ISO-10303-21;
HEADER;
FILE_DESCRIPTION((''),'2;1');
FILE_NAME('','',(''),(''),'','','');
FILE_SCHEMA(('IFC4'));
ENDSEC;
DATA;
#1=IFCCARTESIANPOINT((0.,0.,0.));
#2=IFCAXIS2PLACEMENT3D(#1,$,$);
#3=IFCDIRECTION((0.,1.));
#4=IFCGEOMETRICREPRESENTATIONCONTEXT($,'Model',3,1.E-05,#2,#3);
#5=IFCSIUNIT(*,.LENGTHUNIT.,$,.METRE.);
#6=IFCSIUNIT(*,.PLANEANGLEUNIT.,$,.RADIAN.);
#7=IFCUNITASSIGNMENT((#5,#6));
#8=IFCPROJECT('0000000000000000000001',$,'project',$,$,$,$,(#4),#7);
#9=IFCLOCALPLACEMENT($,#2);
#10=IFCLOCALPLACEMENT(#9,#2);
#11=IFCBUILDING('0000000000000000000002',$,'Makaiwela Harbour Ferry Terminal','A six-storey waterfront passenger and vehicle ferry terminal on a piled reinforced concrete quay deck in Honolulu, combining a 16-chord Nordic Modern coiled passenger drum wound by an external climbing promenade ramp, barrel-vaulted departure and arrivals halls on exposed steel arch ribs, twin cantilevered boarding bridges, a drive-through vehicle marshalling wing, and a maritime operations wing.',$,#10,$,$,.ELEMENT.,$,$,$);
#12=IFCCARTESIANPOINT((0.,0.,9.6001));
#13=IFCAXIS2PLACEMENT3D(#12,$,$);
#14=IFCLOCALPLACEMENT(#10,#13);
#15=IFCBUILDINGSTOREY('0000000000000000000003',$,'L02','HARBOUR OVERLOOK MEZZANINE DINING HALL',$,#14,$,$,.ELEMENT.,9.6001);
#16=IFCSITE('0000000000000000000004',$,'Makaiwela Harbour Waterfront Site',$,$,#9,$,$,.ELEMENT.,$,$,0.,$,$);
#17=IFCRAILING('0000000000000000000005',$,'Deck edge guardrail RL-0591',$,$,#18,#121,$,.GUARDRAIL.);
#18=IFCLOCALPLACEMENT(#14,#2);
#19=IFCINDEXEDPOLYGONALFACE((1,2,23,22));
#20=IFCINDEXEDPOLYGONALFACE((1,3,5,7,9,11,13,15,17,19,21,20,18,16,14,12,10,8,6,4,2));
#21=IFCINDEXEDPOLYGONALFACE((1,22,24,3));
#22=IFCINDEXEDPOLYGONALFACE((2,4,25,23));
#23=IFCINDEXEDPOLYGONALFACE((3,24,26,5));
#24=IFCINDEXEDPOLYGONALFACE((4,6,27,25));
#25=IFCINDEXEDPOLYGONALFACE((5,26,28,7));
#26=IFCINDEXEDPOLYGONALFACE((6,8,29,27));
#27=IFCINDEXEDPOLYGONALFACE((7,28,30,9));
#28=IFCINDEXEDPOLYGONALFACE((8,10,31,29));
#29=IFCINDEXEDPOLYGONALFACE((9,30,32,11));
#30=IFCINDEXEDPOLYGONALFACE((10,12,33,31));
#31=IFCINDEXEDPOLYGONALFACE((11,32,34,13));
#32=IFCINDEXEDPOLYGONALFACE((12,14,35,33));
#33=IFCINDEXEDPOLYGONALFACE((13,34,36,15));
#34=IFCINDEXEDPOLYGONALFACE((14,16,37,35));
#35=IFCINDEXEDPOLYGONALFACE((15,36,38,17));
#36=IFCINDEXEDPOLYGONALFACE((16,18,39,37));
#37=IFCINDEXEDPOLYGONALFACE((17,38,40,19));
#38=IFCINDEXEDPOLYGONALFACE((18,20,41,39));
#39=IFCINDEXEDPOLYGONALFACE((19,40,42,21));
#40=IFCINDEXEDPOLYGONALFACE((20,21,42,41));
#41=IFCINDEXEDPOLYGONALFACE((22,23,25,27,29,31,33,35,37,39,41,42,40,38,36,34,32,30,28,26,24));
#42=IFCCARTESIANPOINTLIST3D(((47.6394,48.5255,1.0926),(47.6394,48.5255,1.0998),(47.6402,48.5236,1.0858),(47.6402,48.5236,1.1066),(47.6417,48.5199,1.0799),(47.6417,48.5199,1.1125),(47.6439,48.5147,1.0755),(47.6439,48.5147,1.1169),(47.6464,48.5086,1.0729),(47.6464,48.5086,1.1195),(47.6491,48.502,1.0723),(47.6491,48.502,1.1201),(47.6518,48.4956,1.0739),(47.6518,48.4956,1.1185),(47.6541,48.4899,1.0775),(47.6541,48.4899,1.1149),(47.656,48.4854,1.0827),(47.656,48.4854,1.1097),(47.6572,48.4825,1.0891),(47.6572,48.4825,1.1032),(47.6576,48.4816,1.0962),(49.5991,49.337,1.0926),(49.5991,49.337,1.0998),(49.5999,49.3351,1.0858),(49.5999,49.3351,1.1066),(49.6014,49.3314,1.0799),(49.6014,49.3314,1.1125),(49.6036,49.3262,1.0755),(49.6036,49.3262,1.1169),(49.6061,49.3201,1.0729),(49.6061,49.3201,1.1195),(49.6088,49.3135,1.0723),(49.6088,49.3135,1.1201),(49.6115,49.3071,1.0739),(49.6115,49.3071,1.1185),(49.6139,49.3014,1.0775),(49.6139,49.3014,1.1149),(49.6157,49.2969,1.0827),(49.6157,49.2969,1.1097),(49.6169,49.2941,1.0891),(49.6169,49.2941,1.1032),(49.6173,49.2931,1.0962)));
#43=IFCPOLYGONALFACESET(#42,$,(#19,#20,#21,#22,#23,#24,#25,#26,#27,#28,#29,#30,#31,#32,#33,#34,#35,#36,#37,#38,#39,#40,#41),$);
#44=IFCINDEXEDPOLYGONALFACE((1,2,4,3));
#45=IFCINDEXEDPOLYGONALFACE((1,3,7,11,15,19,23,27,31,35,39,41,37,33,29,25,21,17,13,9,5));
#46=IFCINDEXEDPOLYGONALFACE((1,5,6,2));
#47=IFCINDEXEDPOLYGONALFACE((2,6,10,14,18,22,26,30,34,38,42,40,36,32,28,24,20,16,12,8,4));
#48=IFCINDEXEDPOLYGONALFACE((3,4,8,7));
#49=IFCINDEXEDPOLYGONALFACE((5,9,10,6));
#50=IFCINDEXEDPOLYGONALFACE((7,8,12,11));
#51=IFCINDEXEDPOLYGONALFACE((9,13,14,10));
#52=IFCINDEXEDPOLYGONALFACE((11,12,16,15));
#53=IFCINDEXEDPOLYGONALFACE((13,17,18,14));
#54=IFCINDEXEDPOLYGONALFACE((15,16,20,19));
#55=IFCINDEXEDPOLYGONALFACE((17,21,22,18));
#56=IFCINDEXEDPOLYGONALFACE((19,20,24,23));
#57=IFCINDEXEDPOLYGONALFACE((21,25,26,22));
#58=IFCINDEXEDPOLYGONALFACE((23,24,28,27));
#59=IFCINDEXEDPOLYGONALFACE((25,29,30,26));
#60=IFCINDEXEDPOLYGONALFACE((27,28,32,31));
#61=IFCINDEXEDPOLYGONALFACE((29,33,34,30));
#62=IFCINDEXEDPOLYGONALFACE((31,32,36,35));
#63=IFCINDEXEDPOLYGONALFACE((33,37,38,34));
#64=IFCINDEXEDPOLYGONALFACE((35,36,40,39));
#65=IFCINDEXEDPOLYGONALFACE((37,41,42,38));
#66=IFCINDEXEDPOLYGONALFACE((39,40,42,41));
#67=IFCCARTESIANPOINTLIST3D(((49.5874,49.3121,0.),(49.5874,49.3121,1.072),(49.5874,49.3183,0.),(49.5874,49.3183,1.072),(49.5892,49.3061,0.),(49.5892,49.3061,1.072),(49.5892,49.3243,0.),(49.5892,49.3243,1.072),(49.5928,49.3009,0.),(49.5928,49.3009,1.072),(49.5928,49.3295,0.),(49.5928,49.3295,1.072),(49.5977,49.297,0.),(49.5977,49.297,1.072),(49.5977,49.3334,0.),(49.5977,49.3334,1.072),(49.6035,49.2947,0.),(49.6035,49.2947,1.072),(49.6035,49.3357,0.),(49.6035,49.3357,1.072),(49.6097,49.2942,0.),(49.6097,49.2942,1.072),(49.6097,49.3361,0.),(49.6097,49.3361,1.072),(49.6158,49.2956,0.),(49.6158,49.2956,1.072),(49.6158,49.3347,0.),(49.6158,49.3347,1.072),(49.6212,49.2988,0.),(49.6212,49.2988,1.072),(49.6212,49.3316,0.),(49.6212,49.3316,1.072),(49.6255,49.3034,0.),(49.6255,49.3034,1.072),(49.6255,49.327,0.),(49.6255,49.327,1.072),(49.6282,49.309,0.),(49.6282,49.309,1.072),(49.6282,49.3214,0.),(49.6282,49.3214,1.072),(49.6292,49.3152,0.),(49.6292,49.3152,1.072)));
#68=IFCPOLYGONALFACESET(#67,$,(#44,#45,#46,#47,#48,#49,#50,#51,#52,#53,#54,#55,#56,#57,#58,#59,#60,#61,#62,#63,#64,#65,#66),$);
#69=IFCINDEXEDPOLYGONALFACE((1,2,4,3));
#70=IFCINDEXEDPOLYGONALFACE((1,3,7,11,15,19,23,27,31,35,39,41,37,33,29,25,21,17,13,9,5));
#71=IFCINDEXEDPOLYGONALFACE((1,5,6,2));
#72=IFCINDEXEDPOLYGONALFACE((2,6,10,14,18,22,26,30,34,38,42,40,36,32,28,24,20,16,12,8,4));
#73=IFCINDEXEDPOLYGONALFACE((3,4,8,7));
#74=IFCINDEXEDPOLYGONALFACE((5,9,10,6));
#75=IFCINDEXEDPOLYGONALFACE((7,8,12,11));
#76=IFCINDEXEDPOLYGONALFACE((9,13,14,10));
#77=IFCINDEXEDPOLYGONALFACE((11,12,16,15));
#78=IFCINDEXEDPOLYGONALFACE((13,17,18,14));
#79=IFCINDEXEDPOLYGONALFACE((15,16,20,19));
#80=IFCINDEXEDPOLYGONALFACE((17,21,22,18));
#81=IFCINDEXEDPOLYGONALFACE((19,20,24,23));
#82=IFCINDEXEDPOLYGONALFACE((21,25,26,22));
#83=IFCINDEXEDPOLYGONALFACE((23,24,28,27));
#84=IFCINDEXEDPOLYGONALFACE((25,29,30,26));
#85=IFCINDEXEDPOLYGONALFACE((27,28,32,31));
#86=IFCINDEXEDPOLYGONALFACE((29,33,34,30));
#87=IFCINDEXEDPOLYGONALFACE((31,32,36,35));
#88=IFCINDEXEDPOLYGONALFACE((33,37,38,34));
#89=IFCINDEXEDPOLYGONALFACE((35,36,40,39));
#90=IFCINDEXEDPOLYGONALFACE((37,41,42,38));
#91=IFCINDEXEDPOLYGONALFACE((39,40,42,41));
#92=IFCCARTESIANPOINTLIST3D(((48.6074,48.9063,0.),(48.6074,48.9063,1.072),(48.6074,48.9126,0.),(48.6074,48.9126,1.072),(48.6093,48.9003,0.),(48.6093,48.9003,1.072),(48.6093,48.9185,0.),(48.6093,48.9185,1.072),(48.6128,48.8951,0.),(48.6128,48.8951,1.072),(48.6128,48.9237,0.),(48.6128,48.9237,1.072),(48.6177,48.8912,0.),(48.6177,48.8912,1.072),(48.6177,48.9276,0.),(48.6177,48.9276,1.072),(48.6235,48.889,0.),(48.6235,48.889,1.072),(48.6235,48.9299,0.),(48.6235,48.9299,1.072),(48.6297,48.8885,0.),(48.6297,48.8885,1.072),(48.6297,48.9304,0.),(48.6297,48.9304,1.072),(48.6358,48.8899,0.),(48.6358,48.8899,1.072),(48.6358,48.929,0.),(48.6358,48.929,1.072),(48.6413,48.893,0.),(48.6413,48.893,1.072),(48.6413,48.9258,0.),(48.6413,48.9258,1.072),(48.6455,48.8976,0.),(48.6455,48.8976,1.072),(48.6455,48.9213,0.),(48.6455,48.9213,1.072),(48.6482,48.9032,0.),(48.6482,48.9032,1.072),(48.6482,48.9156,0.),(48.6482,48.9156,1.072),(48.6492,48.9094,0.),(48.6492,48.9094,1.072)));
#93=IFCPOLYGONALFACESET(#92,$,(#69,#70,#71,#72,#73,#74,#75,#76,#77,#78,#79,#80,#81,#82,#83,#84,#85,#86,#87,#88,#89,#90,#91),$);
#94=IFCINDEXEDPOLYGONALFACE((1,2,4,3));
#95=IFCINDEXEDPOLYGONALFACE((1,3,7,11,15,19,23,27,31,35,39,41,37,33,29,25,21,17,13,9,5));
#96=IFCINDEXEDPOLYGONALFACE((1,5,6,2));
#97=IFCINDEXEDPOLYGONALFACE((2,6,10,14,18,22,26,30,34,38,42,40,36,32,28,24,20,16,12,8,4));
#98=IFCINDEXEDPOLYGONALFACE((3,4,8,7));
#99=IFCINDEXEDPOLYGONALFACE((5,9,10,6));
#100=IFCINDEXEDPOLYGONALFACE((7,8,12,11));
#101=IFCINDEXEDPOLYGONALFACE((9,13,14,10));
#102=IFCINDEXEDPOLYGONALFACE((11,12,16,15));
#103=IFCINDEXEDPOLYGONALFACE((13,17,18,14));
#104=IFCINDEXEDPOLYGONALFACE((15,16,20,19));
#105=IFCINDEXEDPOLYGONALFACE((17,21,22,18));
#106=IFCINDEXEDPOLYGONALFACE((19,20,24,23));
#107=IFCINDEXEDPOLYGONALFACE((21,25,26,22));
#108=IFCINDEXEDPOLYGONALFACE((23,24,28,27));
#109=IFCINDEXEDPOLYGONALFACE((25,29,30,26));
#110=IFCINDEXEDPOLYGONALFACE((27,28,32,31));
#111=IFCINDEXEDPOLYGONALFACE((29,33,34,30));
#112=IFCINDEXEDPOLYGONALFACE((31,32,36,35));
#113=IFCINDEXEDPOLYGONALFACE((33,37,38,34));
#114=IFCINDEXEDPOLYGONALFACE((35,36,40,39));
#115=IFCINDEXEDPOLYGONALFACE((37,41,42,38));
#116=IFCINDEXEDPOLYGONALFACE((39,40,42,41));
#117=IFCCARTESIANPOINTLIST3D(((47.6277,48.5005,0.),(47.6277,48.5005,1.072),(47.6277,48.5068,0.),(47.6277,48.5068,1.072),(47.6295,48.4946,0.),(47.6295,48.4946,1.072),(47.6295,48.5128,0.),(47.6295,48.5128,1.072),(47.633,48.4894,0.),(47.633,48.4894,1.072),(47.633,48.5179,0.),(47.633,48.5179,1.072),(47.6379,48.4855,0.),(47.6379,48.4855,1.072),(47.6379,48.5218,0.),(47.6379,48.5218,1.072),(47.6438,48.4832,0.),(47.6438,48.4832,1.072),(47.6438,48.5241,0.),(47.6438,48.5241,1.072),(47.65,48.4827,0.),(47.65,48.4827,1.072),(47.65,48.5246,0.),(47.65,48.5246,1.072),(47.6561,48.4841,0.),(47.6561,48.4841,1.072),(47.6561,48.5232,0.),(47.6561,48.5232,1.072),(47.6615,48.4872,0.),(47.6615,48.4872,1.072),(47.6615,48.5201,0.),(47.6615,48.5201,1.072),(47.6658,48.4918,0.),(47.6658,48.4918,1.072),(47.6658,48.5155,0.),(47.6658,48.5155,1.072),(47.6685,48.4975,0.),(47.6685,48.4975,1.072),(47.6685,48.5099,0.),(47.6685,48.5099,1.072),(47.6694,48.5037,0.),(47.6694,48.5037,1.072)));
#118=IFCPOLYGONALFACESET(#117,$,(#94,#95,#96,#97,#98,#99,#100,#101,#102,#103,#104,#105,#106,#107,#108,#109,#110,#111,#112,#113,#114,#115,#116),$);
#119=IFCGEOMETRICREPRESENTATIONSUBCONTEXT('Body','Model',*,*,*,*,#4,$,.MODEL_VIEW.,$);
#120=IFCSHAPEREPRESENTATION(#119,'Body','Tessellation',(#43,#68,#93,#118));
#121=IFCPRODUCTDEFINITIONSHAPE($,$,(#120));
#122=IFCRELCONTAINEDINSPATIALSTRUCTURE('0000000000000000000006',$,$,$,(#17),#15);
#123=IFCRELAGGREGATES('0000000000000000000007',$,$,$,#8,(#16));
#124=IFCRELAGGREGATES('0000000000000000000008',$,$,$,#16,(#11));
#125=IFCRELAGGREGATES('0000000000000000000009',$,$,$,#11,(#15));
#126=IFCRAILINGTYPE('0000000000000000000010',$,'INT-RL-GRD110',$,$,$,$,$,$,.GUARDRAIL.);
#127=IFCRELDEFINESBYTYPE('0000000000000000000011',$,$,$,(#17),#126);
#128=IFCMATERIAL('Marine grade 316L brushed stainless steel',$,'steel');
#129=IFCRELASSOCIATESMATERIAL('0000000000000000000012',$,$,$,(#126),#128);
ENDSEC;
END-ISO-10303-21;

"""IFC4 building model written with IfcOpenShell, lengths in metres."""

from ifc_helpers import new_model, si_unit, direction, frame, origin, origin_2d, place, context, subcontext, project, spatial, circle, extrude, material, type_object, element, save


model = new_model("IFC4")

# Units and contexts
model_context = context("Model", 3, precision=1e-05, world=origin(), true_north=direction((0.0, 1.0)))
body_context = subcontext(model_context, "Body", "Model", "MODEL_VIEW")
ifc_project = project(units=[si_unit("LENGTHUNIT", "METRE"), si_unit("PLANEANGLEUNIT", "RADIAN")], contexts=[model_context])

# Site, building, storey
site_placement = place(None, origin())
site = spatial("IfcSite", under=ifc_project, at=site_placement, Name="Makaiwela Harbour Waterfront Site", CompositionType="ELEMENT", RefElevation=0.0)
building_placement = place(site_placement, origin())
building = spatial("IfcBuilding", under=site, at=building_placement, Name="Makaiwela Harbour Ferry Terminal", Description="A six-storey waterfront passenger and vehicle ferry terminal on a piled reinforced concrete quay deck in Honolulu, combining a 16-chord Nordic Modern coiled passenger drum wound by an external climbing promenade ramp, barrel-vaulted departure and arrivals halls on exposed steel arch ribs, twin cantilevered boarding bridges, a drive-through vehicle marshalling wing, and a maritime operations wing.", CompositionType="ELEMENT")
storey_placement = place(building_placement, frame((0.0, 0.0, 9.6001)))
storey = spatial("IfcBuildingStorey", under=building, at=storey_placement, Name="L02", Description="HARBOUR OVERLOOK MEZZANINE DINING HALL", CompositionType="ELEMENT", Elevation=9.6001)

# Railing
ifc_material_1 = material(Name="Marine grade 316L brushed stainless steel", Category="steel")
railing_type = type_object("IfcRailingType", Name="INT-RL-GRD110", PredefinedType="GUARDRAIL", material=ifc_material_1)
railing_1_placement = place(storey_placement, frame((49.6082, 49.3152, 0.0)))
element("IfcRailing", 1, at=railing_1_placement, inside=storey, type_object=railing_type, Name="Deck edge guardrail RL-0591", PredefinedType="GUARDRAIL", context=body_context, shape_type="SweptSolid", body=[
    extrude(circle(Radius=0.0239, at=origin_2d()), frame((0.0, 0.0, 1.0962), z_axis=(-0.923916, -0.382596, 0.0), x_axis=(0.382596, -0.923916, 0.0)), (0.0, 0.0, 1.0), 2.1211),
    extrude(circle(Radius=0.021, at=origin_2d()), origin(), (0.0, 0.0, 1.0), 1.072),
    extrude(circle(Radius=0.021, at=origin_2d()), frame((-0.98, -0.4058, 0.0)), (0.0, 0.0, 1.0), 1.072),
    extrude(circle(Radius=0.021, at=origin_2d()), frame((-1.9597, -0.8115, 0.0)), (0.0, 0.0, 1.0), 1.072),
])

save(model, "model.ifc")
